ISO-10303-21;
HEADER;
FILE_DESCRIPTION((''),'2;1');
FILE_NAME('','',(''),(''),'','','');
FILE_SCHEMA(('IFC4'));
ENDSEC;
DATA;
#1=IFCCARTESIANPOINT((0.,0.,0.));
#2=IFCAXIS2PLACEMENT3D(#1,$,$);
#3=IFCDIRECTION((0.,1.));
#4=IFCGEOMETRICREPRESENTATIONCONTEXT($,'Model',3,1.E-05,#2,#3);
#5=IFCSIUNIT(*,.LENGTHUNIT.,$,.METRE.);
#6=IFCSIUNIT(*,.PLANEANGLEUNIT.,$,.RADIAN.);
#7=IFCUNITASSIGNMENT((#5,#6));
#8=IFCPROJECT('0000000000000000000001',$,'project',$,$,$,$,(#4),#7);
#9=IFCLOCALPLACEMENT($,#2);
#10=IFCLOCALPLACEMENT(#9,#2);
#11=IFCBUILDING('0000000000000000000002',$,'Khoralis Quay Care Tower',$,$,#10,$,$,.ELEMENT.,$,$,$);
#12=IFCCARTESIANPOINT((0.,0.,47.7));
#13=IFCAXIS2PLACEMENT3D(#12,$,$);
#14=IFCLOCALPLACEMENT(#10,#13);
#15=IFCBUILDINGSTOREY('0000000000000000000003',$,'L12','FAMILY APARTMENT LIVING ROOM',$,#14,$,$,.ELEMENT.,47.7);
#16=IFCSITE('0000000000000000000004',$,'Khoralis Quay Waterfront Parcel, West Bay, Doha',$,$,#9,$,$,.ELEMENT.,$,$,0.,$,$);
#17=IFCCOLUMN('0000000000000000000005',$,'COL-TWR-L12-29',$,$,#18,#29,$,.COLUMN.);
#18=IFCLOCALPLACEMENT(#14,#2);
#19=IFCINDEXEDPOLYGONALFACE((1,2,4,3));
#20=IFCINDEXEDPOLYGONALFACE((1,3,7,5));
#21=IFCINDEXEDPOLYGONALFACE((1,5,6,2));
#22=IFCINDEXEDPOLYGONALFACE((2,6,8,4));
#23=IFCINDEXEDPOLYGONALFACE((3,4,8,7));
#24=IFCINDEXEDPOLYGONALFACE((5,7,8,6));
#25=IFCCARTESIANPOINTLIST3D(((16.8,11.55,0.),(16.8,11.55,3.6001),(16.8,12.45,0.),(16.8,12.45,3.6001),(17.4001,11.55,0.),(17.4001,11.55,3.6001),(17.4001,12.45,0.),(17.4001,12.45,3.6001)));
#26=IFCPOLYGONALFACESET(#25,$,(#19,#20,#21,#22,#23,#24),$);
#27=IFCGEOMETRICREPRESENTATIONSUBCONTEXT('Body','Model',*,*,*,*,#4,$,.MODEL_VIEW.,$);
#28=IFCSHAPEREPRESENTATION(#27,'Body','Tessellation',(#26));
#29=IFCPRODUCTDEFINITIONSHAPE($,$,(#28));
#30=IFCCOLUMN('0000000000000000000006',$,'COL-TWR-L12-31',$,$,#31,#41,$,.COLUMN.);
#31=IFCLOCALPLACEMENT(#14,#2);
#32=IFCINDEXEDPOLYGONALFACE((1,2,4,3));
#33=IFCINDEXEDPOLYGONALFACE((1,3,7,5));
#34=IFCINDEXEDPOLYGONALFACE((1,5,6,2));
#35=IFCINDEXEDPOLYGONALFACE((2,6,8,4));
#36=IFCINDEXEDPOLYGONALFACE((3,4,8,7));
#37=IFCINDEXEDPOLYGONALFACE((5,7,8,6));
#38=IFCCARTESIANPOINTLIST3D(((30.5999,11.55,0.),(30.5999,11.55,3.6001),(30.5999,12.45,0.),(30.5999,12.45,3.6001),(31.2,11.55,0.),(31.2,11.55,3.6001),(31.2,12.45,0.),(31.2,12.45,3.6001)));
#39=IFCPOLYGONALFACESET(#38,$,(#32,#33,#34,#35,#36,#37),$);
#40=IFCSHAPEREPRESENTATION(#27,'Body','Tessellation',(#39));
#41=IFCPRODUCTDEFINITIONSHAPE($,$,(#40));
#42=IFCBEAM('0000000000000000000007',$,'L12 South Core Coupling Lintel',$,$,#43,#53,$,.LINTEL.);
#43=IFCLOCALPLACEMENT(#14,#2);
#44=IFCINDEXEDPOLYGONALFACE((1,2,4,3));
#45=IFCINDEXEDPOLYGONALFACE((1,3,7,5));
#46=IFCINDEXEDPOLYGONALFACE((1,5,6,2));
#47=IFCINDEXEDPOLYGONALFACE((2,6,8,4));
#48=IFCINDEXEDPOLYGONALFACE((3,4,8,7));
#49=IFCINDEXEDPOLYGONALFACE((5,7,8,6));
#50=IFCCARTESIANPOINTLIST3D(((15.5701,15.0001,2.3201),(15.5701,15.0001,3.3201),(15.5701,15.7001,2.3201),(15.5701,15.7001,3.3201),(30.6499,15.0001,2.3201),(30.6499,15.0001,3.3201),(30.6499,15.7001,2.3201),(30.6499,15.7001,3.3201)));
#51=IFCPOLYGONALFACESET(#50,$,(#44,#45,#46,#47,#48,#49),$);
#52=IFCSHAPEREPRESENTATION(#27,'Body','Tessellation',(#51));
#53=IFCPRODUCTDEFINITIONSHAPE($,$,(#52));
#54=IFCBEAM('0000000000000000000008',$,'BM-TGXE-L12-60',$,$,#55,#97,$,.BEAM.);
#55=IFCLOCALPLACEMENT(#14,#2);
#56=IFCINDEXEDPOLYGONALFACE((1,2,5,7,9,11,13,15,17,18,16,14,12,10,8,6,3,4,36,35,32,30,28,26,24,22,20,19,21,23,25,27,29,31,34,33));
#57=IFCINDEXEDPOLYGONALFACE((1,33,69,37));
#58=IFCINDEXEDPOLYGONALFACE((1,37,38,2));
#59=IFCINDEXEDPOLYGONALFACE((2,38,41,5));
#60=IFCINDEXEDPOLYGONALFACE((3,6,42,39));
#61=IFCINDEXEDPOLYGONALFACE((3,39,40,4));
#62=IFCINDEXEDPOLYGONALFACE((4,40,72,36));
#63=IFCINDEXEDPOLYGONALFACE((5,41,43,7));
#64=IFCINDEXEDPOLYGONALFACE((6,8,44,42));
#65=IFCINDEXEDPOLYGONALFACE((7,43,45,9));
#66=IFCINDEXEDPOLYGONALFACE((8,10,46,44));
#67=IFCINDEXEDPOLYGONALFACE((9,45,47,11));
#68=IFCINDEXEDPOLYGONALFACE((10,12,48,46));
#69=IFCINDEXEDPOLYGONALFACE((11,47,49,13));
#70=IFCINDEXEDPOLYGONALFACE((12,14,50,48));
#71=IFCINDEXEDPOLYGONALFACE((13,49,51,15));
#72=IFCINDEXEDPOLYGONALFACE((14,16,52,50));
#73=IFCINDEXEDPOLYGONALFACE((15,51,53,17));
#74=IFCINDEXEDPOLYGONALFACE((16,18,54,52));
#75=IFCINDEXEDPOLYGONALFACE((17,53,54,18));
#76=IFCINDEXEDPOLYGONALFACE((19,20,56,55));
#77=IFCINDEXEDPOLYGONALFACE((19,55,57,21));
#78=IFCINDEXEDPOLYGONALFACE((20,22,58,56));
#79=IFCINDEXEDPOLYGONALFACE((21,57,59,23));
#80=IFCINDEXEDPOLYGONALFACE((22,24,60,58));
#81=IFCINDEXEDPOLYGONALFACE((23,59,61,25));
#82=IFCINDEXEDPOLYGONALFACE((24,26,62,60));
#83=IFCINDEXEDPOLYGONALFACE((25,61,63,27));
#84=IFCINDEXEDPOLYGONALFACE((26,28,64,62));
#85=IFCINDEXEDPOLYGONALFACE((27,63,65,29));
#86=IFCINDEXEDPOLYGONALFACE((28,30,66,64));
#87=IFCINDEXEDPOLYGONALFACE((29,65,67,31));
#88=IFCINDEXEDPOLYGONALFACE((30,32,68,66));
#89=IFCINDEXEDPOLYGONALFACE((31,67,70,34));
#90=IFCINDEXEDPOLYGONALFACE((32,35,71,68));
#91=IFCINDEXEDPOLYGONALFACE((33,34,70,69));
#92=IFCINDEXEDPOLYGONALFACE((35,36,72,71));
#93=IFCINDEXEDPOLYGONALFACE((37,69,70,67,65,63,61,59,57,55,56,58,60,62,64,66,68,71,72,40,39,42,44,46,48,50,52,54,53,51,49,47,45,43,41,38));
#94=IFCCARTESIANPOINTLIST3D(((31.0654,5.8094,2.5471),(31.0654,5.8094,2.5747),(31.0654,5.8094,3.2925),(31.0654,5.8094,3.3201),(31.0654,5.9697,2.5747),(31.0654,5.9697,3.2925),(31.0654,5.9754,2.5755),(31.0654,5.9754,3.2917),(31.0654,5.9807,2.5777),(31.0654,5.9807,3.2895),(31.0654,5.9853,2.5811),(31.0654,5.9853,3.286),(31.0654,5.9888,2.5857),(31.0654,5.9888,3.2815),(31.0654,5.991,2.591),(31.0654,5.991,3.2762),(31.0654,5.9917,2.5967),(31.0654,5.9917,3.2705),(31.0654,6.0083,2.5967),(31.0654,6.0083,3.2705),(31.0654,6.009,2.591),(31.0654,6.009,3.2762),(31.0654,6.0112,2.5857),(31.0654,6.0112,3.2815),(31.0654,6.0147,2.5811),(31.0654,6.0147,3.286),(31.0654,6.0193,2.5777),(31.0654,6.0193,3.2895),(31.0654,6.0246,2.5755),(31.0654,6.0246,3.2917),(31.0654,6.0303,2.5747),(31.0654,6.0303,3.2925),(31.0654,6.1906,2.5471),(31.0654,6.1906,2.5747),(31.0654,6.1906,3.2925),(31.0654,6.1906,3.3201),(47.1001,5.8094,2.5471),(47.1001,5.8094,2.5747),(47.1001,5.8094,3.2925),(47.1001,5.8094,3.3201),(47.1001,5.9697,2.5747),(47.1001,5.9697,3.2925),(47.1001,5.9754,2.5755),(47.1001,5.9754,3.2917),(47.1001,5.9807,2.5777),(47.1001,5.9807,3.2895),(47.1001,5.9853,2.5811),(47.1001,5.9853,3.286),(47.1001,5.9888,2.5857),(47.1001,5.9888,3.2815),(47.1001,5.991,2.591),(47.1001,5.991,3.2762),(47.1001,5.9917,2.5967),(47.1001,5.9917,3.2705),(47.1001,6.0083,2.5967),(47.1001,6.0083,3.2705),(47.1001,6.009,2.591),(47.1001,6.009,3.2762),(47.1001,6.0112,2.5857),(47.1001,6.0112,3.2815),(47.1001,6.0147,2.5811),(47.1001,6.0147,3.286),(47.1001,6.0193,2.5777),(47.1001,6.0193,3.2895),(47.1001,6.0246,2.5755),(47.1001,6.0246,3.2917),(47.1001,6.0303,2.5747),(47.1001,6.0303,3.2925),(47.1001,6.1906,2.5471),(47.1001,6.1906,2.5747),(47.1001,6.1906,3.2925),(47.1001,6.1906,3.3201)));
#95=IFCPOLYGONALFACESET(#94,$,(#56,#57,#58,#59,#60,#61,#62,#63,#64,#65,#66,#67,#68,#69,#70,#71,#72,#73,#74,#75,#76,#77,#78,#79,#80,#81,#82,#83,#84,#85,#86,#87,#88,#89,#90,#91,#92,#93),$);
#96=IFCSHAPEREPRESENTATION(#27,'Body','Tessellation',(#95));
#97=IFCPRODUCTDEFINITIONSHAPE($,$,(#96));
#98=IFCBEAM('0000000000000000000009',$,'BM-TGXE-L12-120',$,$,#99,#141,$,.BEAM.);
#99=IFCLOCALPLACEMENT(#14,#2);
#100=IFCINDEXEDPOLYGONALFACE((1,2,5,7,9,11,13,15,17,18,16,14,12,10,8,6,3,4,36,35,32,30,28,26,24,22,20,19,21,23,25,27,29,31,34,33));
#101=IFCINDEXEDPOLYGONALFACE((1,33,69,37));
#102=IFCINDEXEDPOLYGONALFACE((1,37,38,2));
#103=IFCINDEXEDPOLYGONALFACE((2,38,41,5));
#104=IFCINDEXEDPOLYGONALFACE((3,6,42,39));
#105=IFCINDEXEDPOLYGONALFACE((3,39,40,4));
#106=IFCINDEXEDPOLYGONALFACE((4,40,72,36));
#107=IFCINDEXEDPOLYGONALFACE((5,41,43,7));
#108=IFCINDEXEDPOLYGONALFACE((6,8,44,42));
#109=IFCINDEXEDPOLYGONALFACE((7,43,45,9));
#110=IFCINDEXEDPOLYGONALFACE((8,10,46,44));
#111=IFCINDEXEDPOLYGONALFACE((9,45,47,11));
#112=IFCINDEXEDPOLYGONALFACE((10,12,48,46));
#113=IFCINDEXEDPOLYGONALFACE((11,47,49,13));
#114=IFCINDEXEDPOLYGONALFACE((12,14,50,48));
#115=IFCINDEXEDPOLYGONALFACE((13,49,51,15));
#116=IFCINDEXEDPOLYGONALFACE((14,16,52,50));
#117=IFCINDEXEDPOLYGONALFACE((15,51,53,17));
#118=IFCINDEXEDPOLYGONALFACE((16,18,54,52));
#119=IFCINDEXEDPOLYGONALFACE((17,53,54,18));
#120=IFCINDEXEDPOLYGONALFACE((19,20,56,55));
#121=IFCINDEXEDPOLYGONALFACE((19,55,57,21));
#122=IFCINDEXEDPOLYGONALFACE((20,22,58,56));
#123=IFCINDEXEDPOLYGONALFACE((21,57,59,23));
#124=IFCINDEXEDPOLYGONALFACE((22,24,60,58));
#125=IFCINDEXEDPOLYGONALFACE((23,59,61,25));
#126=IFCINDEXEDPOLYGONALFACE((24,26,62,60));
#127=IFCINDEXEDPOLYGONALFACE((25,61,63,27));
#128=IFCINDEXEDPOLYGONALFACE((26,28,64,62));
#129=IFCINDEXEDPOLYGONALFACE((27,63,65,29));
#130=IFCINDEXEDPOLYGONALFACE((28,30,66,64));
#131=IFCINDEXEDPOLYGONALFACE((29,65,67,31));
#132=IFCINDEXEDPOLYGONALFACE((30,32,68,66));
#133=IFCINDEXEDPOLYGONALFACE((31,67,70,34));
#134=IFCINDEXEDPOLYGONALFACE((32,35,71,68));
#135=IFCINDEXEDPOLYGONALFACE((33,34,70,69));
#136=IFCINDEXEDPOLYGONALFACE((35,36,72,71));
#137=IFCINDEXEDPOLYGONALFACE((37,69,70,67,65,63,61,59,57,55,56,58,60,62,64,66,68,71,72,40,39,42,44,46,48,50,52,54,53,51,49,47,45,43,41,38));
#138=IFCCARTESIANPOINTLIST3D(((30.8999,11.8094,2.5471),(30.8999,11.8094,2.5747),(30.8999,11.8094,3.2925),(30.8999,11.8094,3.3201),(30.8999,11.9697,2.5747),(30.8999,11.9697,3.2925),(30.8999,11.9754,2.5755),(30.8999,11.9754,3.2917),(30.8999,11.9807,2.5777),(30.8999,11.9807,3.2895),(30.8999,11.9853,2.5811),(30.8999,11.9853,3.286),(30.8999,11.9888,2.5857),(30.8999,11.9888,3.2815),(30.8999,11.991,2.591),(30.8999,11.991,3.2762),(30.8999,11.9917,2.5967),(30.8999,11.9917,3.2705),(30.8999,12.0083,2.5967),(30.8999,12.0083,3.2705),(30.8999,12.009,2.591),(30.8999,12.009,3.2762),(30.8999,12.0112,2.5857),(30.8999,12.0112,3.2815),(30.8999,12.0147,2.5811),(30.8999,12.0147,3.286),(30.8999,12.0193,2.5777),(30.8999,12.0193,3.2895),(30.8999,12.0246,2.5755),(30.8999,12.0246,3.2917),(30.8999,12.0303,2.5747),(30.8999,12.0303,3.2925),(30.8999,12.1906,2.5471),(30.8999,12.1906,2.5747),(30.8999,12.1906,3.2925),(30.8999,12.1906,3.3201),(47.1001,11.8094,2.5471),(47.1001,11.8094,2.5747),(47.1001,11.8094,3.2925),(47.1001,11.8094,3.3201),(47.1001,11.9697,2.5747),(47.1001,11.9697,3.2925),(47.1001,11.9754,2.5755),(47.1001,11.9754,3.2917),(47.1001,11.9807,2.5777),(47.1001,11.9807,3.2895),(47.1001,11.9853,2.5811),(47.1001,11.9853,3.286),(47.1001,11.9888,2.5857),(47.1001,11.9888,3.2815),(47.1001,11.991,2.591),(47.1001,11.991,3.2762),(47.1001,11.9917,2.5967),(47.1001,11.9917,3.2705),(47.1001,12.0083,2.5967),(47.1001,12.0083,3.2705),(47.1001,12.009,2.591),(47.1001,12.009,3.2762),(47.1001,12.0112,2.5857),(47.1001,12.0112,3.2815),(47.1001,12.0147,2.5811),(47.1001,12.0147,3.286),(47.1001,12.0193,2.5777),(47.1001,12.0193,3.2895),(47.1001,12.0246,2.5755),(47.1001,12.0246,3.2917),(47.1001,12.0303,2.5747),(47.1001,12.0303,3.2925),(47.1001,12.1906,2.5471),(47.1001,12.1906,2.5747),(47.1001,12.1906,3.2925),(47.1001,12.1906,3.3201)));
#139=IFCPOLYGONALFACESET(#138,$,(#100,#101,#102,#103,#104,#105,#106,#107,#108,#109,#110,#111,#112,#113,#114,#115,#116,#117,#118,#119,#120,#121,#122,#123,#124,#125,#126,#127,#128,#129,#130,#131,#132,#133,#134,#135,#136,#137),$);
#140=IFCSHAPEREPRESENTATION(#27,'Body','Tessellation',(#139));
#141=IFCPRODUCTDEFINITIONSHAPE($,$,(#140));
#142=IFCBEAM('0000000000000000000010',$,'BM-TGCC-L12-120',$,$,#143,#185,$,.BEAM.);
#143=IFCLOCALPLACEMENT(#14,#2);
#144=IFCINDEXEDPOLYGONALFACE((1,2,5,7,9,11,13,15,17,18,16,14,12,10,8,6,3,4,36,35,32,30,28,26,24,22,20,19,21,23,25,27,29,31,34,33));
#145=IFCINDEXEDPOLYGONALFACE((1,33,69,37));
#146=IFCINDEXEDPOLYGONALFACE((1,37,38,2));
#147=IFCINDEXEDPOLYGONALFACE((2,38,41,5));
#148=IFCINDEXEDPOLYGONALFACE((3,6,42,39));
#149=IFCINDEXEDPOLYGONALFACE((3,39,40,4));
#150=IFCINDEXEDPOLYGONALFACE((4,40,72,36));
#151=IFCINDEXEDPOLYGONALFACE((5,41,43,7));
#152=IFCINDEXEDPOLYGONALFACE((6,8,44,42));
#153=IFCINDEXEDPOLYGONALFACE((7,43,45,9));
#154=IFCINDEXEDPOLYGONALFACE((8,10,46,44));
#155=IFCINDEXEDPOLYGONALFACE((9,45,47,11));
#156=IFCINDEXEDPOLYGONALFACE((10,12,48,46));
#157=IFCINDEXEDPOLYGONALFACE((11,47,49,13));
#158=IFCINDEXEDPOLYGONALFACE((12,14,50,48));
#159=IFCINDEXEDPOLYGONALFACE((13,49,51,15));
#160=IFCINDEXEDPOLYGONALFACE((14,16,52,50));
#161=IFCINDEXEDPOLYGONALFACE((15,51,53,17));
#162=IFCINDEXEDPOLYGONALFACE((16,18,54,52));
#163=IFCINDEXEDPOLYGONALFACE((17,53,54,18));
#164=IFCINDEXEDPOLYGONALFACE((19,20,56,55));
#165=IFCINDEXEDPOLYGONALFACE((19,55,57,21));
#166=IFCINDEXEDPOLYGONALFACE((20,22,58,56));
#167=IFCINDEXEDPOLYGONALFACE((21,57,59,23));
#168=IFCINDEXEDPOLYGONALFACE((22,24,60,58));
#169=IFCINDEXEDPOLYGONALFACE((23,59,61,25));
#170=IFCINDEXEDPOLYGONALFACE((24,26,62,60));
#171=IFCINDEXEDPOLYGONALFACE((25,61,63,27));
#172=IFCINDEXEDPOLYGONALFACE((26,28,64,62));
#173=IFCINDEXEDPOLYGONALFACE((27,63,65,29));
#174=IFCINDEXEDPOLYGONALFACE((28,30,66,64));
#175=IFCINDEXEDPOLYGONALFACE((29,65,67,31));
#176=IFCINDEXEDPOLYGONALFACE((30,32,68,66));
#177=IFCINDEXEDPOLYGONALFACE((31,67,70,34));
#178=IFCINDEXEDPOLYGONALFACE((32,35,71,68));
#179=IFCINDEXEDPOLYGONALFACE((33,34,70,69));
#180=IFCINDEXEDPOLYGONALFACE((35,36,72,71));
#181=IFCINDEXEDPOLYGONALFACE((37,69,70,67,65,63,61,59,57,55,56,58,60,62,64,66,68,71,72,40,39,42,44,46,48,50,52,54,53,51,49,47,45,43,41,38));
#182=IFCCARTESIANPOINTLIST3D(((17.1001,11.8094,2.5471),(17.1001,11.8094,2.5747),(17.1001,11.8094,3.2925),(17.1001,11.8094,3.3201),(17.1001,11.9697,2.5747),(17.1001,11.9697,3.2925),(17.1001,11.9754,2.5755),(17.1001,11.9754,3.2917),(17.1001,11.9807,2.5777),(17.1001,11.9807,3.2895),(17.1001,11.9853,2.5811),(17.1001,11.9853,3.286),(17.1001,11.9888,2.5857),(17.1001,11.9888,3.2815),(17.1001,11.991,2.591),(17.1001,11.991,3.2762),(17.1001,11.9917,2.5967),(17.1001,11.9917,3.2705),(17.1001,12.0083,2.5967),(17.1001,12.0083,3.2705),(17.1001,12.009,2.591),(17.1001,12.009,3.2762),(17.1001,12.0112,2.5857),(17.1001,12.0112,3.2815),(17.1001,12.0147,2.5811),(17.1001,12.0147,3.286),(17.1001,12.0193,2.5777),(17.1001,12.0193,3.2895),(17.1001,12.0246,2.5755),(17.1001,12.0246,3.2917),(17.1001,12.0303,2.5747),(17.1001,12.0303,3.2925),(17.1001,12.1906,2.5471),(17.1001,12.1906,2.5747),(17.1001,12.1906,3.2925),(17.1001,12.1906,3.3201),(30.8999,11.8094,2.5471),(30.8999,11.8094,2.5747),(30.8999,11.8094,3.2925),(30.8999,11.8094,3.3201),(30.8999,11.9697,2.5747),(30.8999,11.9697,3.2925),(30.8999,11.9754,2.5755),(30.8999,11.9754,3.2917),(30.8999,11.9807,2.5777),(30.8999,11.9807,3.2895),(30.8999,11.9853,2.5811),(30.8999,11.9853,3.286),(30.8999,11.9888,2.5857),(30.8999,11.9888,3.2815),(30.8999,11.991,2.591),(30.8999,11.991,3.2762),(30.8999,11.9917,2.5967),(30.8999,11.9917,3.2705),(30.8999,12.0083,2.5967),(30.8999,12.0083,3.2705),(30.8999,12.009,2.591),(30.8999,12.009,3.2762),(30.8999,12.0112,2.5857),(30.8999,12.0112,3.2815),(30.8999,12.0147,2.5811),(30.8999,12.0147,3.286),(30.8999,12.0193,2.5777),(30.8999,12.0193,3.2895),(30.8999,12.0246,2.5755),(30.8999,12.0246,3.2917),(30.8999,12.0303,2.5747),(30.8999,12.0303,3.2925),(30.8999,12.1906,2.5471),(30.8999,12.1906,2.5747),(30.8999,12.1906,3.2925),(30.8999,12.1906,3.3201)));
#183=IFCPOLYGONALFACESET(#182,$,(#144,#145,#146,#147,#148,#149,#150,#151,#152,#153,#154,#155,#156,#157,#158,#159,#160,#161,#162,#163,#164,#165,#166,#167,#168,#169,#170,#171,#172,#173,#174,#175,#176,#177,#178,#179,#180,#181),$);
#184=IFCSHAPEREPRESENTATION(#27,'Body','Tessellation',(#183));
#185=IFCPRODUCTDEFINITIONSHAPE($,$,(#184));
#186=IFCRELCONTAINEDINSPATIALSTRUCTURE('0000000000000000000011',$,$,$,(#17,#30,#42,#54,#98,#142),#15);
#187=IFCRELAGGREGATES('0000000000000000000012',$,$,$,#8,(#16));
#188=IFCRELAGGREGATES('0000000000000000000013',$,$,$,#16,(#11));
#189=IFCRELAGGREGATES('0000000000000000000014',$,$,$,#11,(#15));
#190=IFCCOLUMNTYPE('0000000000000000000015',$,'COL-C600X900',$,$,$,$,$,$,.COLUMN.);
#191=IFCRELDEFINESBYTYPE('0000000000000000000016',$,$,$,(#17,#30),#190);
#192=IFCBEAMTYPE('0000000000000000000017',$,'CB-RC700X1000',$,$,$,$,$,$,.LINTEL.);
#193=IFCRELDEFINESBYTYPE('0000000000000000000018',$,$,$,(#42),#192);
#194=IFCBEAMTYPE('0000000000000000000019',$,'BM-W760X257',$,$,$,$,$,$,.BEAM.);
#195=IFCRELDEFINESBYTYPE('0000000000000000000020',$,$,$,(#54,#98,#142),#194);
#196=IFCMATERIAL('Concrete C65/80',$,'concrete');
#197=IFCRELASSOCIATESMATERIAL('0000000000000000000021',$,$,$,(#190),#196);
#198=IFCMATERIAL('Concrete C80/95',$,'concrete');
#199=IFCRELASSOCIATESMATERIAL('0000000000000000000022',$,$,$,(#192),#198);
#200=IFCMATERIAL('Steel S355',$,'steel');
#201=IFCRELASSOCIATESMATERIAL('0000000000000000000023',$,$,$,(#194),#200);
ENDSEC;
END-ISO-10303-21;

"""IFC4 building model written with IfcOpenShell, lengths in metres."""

from ifc_helpers import new_model, si_unit, direction, frame, origin, origin_2d, place, context, subcontext, project, spatial, rectangle, i_section, extrude, source, transform, mapped, material, material_profile, profile_set, type_object, element, save


model = new_model("IFC4")

# Units and contexts
model_context = context("Model", 3, precision=1e-05, world=origin(), true_north=direction((0.0, 1.0)))
body_context = subcontext(model_context, "Body", "Model", "MODEL_VIEW")
ifc_project = project(units=[si_unit("LENGTHUNIT", "METRE"), si_unit("PLANEANGLEUNIT", "RADIAN")], contexts=[model_context])

# Site, building, storey
site_placement = place(None, origin())
site = spatial("IfcSite", under=ifc_project, at=site_placement, Name="Khoralis Quay Waterfront Parcel, West Bay, Doha", CompositionType="ELEMENT", RefElevation=0.0)
building_placement = place(site_placement, origin())
building = spatial("IfcBuilding", under=site, at=building_placement, Name="Khoralis Quay Care Tower", CompositionType="ELEMENT")
storey_placement = place(building_placement, frame((0.0, 0.0, 47.7)))
storey = spatial("IfcBuildingStorey", under=building, at=storey_placement, Name="L12", Description="FAMILY APARTMENT LIVING ROOM", CompositionType="ELEMENT", Elevation=47.7)

# Columns
ifc_material_1 = material(Name="Concrete C65/80", Category="concrete")
ifc_material_profile_1 = material_profile(ifc_material_1, rectangle(XDim=0.6001, YDim=0.8999, at=origin_2d()), Name="Concrete C65/80")
ifc_profile_set_1 = profile_set([ifc_material_profile_1], Name="Concrete C65/80")
column_type = type_object("IfcColumnType", Name="COL-C600X900", PredefinedType="COLUMN", material=ifc_profile_set_1)
shared_shape_1 = source(origin(), body_context, "Body", "SweptSolid", [
    extrude(rectangle(XDim=0.6001, YDim=0.8999, at=origin_2d()), origin(), (0.0, 0.0, 1.0), 3.6001),
])
for number, where, z_axis, x_axis, name in (
    (1, (17.1001, 12.0, 0.0), (0.0, 0.0, 1.0), (1.0, 0.0, 0.0), "COL-TWR-L12-29"),
    (2, (30.8999, 12.0, 0.0), (0.0, 0.0, 1.0), (1.0, 0.0, 0.0), "COL-TWR-L12-31"),
):
    element("IfcColumn", number, at=place(storey_placement, frame(where, z_axis=z_axis, x_axis=x_axis)), inside=storey, type_object=column_type, Name=name, PredefinedType="COLUMN", context=body_context, shape_type="MappedRepresentation", body=[
        mapped(shared_shape_1, transform((0.0, 0.0, 0.0), scale=1.0)),
    ])

# Beams
ifc_material_2 = material(Name="Concrete C80/95", Category="concrete")
ifc_material_profile_2 = material_profile(ifc_material_2, rectangle(XDim=0.7, YDim=1.0, at=origin_2d()), Name="Concrete C80/95")
ifc_profile_set_2 = profile_set([ifc_material_profile_2], Name="Concrete C80/95")
beam_type_1 = type_object("IfcBeamType", Name="CB-RC700X1000", PredefinedType="LINTEL", material=ifc_profile_set_2)
shared_shape_2 = source(origin(), body_context, "Body", "SweptSolid", [
    extrude(rectangle(XDim=0.7, YDim=1.0, at=origin_2d()), origin(), (0.0, 0.0, 1.0), 15.0798),
])
beam_1_placement = place(storey_placement, frame((15.5701, 15.3501, 2.8201), z_axis=(1.0, 0.0, 0.0), x_axis=(0.0, 1.0, 0.0)))
element("IfcBeam", 3, at=beam_1_placement, inside=storey, type_object=beam_type_1, Name="L12 South Core Coupling Lintel", PredefinedType="LINTEL", context=body_context, shape_type="MappedRepresentation", body=[
    mapped(shared_shape_2, transform((0.0, 0.0, 0.0), scale=1.0)),
])
ifc_material_3 = material(Name="Steel S355", Category="steel")
ifc_material_profile_3 = material_profile(ifc_material_3, i_section(OverallWidth=0.3811, OverallDepth=0.7729, WebThickness=0.0166, FlangeThickness=0.0276, FilletRadius=0.022, at=origin_2d()), Name="Steel S355")
ifc_profile_set_3 = profile_set([ifc_material_profile_3], Name="Steel S355")
beam_type_2 = type_object("IfcBeamType", Name="BM-W760X257", PredefinedType="BEAM", material=ifc_profile_set_3)
shared_shape_3 = source(origin(), body_context, "Body", "SweptSolid", [
    extrude(i_section(OverallWidth=0.3811, OverallDepth=0.7729, WebThickness=0.0166, FlangeThickness=0.0276, FilletRadius=0.022, at=origin_2d()), origin(), (0.0, 0.0, 1.0), 16.0347),
])
beam_2_placement = place(storey_placement, frame((31.0654, 6.0, 2.9336), z_axis=(1.0, 0.0, 0.0), x_axis=(0.0, 1.0, 0.0)))
element("IfcBeam", 4, at=beam_2_placement, inside=storey, type_object=beam_type_2, Name="BM-TGXE-L12-60", PredefinedType="BEAM", context=body_context, shape_type="MappedRepresentation", body=[
    mapped(shared_shape_3, transform((0.0, 0.0, 0.0), scale=1.0)),
])
shared_shape_4 = source(origin(), body_context, "Body", "SweptSolid", [
    extrude(i_section(OverallWidth=0.3811, OverallDepth=0.7729, WebThickness=0.0166, FlangeThickness=0.0276, FilletRadius=0.022, at=origin_2d()), origin(), (0.0, 0.0, 1.0), 16.2002),
])
beam_3_placement = place(storey_placement, frame((30.8999, 12.0, 2.9336), z_axis=(1.0, 0.0, 0.0), x_axis=(0.0, 1.0, 0.0)))
element("IfcBeam", 5, at=beam_3_placement, inside=storey, type_object=beam_type_2, Name="BM-TGXE-L12-120", PredefinedType="BEAM", context=body_context, shape_type="MappedRepresentation", body=[
    mapped(shared_shape_4, transform((0.0, 0.0, 0.0), scale=1.0)),
])
shared_shape_5 = source(origin(), body_context, "Body", "SweptSolid", [
    extrude(i_section(OverallWidth=0.3811, OverallDepth=0.7729, WebThickness=0.0166, FlangeThickness=0.0276, FilletRadius=0.022, at=origin_2d()), origin(), (0.0, 0.0, 1.0), 13.7998),
])
beam_4_placement = place(storey_placement, frame((17.1001, 12.0, 2.9336), z_axis=(1.0, 0.0, 0.0), x_axis=(0.0, 1.0, 0.0)))
element("IfcBeam", 6, at=beam_4_placement, inside=storey, type_object=beam_type_2, Name="BM-TGCC-L12-120", PredefinedType="BEAM", context=body_context, shape_type="MappedRepresentation", body=[
    mapped(shared_shape_5, transform((0.0, 0.0, 0.0), scale=1.0)),
])

save(model, "model.ifc")
